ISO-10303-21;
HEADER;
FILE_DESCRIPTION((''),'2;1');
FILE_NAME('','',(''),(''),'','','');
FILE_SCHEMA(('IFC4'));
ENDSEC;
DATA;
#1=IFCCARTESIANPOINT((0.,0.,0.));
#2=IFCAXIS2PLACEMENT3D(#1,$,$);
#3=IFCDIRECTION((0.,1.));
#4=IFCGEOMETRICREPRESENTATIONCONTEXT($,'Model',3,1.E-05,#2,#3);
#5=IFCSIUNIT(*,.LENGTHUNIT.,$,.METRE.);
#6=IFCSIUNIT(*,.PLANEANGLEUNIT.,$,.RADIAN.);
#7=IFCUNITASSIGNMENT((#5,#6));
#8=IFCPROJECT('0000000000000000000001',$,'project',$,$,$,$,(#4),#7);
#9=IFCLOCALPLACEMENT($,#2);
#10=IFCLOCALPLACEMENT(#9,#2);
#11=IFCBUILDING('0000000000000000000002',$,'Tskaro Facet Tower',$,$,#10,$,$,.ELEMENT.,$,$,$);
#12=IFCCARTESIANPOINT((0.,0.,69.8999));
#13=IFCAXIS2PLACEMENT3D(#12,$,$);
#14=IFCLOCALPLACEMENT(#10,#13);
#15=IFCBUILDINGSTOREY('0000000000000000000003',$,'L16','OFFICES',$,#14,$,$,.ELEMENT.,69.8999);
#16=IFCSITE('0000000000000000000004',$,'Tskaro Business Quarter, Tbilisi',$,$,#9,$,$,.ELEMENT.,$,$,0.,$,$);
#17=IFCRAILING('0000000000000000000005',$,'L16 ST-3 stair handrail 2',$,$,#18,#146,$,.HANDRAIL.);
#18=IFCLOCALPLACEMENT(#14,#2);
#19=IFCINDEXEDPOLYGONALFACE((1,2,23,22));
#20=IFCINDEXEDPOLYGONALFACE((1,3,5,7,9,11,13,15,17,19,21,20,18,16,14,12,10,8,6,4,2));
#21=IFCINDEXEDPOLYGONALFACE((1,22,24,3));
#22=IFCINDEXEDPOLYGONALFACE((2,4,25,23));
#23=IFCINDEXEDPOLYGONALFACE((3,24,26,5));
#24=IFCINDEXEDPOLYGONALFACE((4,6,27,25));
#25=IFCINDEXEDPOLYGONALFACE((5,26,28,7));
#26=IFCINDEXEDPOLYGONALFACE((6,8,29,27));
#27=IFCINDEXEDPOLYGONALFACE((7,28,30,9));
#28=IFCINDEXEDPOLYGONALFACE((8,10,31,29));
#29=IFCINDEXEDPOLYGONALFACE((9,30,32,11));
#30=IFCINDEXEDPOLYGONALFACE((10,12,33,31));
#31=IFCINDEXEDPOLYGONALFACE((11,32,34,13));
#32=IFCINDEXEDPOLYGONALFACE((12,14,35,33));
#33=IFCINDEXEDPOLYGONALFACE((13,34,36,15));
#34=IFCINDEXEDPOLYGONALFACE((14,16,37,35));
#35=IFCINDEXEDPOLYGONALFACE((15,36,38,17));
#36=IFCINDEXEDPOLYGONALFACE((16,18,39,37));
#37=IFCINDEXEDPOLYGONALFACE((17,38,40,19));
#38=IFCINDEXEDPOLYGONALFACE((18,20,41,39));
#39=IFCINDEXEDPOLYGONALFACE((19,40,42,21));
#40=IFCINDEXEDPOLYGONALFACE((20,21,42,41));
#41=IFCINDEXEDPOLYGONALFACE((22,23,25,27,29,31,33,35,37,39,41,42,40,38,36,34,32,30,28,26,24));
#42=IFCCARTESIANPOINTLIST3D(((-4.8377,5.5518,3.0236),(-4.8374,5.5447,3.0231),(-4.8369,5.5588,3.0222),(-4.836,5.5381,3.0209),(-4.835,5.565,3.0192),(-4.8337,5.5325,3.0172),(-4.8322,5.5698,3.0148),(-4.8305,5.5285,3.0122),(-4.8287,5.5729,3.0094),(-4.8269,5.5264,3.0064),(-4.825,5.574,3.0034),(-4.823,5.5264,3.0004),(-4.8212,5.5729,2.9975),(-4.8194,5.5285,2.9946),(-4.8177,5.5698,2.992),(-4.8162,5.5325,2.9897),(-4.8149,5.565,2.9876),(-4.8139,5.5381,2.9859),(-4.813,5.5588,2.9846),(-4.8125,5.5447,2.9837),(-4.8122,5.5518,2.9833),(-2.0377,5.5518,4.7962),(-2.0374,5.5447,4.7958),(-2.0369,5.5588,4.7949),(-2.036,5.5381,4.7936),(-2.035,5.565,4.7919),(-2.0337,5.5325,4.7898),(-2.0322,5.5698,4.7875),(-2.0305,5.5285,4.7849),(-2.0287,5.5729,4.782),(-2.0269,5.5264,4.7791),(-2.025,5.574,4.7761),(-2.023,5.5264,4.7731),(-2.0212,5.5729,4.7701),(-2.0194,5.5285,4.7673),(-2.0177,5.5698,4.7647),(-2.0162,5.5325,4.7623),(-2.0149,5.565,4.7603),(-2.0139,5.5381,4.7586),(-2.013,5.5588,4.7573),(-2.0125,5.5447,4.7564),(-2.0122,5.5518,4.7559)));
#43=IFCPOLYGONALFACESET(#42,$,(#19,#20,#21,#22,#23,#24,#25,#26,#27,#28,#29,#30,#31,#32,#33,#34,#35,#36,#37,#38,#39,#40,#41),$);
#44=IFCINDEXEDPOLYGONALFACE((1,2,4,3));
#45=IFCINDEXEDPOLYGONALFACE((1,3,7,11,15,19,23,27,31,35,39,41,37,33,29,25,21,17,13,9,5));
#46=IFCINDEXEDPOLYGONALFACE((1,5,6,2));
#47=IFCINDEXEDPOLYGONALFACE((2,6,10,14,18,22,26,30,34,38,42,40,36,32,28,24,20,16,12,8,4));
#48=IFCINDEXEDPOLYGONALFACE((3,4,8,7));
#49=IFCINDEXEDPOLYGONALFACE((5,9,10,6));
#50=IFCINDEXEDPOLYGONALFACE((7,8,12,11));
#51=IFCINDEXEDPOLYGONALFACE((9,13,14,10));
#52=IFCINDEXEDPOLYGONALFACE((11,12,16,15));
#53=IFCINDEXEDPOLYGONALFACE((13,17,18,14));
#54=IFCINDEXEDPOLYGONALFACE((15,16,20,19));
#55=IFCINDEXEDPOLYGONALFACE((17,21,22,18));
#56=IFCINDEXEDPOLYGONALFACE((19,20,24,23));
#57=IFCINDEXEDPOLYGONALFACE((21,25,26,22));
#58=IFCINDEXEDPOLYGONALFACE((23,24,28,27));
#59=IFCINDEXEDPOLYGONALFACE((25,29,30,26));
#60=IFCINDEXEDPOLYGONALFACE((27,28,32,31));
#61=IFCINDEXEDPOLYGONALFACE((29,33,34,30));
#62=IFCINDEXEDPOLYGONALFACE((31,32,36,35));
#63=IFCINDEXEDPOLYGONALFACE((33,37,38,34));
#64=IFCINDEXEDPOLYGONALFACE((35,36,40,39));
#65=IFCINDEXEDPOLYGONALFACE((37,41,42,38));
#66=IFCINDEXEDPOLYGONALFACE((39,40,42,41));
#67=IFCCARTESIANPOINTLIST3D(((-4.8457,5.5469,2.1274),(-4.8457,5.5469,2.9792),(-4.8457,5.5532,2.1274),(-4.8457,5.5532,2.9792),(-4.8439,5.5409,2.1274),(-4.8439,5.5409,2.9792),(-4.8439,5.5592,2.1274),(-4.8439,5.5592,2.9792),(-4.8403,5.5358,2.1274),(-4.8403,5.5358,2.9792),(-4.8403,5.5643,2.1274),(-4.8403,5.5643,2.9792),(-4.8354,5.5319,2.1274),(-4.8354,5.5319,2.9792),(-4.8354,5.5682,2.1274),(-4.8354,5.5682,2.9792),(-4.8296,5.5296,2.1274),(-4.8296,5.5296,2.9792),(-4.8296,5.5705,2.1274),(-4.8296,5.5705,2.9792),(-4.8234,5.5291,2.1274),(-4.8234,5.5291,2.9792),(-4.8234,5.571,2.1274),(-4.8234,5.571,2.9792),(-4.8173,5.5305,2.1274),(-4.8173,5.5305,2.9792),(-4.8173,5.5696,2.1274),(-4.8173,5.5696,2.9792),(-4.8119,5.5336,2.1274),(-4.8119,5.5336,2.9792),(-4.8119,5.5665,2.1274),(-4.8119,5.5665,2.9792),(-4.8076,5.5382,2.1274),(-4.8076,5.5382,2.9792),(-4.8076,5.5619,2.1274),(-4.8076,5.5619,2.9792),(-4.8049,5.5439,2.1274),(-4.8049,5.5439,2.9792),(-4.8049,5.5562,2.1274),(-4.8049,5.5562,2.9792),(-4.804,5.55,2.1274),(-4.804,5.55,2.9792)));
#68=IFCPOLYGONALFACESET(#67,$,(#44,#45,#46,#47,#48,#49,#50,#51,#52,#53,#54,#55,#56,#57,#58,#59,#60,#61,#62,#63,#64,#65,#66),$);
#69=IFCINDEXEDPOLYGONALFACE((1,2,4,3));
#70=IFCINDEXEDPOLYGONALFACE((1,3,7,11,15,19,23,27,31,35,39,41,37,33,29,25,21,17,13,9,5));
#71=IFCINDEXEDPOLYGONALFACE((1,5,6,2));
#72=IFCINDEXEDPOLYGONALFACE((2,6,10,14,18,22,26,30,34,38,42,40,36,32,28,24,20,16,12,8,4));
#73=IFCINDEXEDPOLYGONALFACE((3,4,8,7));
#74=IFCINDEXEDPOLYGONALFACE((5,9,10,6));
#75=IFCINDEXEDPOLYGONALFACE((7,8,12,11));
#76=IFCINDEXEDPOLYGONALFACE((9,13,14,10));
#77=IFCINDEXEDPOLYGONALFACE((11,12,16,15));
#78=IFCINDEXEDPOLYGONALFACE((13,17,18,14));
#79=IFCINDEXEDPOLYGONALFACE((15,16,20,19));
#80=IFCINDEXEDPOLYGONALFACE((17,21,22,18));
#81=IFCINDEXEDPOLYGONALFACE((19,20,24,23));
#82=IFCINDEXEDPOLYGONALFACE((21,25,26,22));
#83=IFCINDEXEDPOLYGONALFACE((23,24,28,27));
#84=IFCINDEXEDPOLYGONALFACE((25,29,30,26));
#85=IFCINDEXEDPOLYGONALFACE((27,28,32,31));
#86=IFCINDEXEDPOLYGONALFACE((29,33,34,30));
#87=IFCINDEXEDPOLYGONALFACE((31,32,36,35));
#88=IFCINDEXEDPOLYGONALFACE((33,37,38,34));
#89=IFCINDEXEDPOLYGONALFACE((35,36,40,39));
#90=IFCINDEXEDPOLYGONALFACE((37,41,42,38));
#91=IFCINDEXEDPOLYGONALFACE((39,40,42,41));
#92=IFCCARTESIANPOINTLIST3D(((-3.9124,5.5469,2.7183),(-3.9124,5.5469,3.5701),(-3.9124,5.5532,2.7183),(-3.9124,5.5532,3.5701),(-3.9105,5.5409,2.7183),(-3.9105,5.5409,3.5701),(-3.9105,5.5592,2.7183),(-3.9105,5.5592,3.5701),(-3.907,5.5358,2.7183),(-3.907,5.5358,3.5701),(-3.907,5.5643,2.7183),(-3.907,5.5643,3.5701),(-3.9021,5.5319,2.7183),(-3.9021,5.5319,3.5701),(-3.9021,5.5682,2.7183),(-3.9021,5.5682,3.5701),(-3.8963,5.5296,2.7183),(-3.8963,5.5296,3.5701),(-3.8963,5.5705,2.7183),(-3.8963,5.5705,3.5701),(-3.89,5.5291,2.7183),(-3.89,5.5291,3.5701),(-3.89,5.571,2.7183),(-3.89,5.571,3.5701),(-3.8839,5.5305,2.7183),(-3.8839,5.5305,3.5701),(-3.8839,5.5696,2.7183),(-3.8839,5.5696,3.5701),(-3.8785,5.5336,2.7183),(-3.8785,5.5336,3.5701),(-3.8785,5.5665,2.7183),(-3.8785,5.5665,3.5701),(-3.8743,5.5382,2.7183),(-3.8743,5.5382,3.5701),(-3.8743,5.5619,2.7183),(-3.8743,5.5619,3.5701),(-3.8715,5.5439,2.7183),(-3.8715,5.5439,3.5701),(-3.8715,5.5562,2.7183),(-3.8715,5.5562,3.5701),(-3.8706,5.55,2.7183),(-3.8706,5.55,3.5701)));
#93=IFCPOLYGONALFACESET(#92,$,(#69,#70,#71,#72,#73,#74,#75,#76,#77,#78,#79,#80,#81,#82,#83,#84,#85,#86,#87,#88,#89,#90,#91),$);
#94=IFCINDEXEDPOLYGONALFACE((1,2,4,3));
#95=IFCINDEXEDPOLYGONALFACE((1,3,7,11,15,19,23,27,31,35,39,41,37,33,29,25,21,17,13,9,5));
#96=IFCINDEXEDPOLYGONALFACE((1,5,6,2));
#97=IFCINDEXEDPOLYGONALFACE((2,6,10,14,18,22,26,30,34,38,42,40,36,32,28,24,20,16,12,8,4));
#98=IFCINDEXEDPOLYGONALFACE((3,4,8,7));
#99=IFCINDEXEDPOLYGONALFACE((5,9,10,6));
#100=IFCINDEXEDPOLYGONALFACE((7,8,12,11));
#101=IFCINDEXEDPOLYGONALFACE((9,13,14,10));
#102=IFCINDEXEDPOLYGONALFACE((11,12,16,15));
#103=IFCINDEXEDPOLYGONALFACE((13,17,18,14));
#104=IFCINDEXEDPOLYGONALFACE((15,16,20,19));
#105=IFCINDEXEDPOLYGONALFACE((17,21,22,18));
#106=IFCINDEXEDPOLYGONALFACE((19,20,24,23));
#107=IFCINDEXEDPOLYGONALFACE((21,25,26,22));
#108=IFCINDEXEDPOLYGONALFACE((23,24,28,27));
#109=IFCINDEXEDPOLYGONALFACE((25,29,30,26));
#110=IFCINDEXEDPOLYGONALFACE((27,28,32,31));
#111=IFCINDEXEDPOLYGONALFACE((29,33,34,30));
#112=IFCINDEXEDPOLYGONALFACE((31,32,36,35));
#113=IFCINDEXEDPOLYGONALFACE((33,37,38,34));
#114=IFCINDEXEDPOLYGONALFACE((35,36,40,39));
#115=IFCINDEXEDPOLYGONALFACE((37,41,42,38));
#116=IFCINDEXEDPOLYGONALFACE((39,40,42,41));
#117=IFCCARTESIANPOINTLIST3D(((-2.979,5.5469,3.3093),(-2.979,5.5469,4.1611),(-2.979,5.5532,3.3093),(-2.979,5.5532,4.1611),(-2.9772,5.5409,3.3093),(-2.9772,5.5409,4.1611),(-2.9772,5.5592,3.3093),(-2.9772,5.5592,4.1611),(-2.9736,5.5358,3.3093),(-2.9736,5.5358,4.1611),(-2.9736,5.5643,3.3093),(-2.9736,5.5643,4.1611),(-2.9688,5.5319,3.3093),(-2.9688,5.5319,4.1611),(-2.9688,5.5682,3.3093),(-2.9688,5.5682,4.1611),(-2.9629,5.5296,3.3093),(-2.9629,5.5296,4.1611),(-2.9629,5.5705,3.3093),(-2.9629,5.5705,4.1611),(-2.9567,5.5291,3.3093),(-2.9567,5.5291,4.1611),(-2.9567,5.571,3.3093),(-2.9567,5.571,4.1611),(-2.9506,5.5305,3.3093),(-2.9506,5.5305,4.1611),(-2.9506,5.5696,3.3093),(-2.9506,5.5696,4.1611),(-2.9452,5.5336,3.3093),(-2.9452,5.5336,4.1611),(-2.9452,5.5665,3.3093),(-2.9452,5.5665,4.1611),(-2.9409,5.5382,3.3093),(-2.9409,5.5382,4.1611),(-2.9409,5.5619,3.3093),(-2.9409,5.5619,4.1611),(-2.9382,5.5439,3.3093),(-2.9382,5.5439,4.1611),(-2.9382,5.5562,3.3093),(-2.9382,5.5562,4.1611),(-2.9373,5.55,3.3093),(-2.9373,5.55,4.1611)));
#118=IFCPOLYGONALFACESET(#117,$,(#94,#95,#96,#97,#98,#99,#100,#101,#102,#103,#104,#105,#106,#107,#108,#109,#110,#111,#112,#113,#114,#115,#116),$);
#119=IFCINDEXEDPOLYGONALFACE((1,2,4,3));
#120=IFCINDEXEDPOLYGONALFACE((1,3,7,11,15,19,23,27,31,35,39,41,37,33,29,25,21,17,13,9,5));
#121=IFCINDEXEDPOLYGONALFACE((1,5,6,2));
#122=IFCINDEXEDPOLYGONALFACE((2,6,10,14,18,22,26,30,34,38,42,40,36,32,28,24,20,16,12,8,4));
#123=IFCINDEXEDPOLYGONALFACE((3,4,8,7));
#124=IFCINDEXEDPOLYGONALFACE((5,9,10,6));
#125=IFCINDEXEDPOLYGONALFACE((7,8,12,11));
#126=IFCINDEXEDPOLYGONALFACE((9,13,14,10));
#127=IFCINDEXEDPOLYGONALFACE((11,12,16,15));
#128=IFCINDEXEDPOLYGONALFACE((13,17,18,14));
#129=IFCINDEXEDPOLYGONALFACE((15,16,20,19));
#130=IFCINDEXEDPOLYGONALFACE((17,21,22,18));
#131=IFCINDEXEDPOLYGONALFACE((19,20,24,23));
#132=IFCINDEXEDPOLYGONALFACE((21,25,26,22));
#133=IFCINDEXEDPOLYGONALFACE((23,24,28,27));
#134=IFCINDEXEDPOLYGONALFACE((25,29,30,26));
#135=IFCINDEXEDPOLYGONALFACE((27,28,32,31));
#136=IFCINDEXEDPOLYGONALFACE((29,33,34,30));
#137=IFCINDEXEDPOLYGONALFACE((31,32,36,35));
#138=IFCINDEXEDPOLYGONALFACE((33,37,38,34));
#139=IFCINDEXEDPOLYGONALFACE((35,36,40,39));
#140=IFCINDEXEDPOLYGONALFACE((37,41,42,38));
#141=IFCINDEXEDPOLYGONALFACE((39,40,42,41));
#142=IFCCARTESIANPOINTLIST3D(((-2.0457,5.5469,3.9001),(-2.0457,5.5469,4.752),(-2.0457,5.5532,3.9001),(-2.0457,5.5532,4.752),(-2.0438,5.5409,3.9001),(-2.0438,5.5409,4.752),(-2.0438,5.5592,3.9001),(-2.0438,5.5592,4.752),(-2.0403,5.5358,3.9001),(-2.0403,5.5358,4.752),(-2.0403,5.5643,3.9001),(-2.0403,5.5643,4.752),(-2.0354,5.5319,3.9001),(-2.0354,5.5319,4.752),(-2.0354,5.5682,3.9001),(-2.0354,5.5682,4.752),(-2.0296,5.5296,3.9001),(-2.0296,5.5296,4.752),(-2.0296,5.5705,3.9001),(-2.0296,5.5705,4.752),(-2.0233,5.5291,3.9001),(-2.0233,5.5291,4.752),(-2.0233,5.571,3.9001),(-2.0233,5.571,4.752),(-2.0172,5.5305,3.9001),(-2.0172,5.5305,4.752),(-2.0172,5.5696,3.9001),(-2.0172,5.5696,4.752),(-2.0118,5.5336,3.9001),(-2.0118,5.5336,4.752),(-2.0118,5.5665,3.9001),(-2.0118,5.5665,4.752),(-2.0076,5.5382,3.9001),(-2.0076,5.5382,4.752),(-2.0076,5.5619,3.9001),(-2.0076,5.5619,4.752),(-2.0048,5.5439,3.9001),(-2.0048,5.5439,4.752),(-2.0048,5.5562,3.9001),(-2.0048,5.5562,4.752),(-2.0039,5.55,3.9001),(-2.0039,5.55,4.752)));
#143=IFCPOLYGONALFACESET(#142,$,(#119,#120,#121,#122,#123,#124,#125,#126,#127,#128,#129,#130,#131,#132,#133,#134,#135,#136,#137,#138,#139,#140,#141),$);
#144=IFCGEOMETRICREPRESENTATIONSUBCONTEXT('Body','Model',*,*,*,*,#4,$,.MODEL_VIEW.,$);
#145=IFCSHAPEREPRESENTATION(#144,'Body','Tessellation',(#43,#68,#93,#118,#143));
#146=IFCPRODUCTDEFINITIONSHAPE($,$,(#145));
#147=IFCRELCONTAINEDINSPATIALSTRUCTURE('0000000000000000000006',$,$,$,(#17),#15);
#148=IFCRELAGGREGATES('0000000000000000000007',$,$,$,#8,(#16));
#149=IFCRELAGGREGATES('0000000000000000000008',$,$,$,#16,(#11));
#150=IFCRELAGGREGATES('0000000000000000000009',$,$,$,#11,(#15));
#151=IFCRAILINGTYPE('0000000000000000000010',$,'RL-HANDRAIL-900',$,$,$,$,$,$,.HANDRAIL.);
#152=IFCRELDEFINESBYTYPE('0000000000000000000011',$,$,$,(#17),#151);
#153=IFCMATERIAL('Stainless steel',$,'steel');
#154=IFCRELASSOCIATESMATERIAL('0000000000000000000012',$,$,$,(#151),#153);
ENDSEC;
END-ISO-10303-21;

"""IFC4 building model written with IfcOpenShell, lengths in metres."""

from ifc_helpers import new_model, si_unit, direction, frame, origin, origin_2d, place, context, subcontext, project, spatial, circle, extrude, material, type_object, element, save


model = new_model("IFC4")

# Units and contexts
model_context = context("Model", 3, precision=1e-05, world=origin(), true_north=direction((0.0, 1.0)))
body_context = subcontext(model_context, "Body", "Model", "MODEL_VIEW")
ifc_project = project(units=[si_unit("LENGTHUNIT", "METRE"), si_unit("PLANEANGLEUNIT", "RADIAN")], contexts=[model_context])

# Site, building, storey
site_placement = place(None, origin())
site = spatial("IfcSite", under=ifc_project, at=site_placement, Name="Tskaro Business Quarter, Tbilisi", CompositionType="ELEMENT", RefElevation=0.0)
building_placement = place(site_placement, origin())
building = spatial("IfcBuilding", under=site, at=building_placement, Name="Tskaro Facet Tower", CompositionType="ELEMENT")
storey_placement = place(building_placement, frame((0.0, 0.0, 69.8999)))
storey = spatial("IfcBuildingStorey", under=building, at=storey_placement, Name="L16", Description="OFFICES", CompositionType="ELEMENT", Elevation=69.8999)

# Railing
ifc_material_1 = material(Name="Stainless steel", Category="steel")
railing_type_1 = type_object("IfcRailingType", Name="RL-HANDRAIL-900", PredefinedType="HANDRAIL", material=ifc_material_1)
railing_1_placement = place(storey_placement, frame((-4.825, 5.55, 2.1274)))
element("IfcRailing", 1, at=railing_1_placement, inside=storey, type_object=railing_type_1, Name="L16 ST-3 stair handrail 2", PredefinedType="HANDRAIL", context=body_context, shape_type="SweptSolid", body=[
    extrude(circle(Radius=0.0239, at=origin_2d()), frame((0.0, 0.0, 0.876), z_axis=(0.844909, 0.0, 0.53491), x_axis=(0.0, 1.0, 0.0)), (0.0, 0.0, 1.0), 3.314),
    extrude(circle(Radius=0.021, at=origin_2d()), origin(), (0.0, 0.0, 1.0), 0.8518),
    extrude(circle(Radius=0.021, at=origin_2d()), frame((0.9333, 0.0, 0.5908)), (0.0, 0.0, 1.0), 0.8518),
    extrude(circle(Radius=0.021, at=origin_2d()), frame((1.8667, 0.0, 1.1819)), (0.0, 0.0, 1.0), 0.8518),
    extrude(circle(Radius=0.021, at=origin_2d()), frame((2.8, 0.0, 1.7727)), (0.0, 0.0, 1.0), 0.8518),
])

save(model, "model.ifc")
